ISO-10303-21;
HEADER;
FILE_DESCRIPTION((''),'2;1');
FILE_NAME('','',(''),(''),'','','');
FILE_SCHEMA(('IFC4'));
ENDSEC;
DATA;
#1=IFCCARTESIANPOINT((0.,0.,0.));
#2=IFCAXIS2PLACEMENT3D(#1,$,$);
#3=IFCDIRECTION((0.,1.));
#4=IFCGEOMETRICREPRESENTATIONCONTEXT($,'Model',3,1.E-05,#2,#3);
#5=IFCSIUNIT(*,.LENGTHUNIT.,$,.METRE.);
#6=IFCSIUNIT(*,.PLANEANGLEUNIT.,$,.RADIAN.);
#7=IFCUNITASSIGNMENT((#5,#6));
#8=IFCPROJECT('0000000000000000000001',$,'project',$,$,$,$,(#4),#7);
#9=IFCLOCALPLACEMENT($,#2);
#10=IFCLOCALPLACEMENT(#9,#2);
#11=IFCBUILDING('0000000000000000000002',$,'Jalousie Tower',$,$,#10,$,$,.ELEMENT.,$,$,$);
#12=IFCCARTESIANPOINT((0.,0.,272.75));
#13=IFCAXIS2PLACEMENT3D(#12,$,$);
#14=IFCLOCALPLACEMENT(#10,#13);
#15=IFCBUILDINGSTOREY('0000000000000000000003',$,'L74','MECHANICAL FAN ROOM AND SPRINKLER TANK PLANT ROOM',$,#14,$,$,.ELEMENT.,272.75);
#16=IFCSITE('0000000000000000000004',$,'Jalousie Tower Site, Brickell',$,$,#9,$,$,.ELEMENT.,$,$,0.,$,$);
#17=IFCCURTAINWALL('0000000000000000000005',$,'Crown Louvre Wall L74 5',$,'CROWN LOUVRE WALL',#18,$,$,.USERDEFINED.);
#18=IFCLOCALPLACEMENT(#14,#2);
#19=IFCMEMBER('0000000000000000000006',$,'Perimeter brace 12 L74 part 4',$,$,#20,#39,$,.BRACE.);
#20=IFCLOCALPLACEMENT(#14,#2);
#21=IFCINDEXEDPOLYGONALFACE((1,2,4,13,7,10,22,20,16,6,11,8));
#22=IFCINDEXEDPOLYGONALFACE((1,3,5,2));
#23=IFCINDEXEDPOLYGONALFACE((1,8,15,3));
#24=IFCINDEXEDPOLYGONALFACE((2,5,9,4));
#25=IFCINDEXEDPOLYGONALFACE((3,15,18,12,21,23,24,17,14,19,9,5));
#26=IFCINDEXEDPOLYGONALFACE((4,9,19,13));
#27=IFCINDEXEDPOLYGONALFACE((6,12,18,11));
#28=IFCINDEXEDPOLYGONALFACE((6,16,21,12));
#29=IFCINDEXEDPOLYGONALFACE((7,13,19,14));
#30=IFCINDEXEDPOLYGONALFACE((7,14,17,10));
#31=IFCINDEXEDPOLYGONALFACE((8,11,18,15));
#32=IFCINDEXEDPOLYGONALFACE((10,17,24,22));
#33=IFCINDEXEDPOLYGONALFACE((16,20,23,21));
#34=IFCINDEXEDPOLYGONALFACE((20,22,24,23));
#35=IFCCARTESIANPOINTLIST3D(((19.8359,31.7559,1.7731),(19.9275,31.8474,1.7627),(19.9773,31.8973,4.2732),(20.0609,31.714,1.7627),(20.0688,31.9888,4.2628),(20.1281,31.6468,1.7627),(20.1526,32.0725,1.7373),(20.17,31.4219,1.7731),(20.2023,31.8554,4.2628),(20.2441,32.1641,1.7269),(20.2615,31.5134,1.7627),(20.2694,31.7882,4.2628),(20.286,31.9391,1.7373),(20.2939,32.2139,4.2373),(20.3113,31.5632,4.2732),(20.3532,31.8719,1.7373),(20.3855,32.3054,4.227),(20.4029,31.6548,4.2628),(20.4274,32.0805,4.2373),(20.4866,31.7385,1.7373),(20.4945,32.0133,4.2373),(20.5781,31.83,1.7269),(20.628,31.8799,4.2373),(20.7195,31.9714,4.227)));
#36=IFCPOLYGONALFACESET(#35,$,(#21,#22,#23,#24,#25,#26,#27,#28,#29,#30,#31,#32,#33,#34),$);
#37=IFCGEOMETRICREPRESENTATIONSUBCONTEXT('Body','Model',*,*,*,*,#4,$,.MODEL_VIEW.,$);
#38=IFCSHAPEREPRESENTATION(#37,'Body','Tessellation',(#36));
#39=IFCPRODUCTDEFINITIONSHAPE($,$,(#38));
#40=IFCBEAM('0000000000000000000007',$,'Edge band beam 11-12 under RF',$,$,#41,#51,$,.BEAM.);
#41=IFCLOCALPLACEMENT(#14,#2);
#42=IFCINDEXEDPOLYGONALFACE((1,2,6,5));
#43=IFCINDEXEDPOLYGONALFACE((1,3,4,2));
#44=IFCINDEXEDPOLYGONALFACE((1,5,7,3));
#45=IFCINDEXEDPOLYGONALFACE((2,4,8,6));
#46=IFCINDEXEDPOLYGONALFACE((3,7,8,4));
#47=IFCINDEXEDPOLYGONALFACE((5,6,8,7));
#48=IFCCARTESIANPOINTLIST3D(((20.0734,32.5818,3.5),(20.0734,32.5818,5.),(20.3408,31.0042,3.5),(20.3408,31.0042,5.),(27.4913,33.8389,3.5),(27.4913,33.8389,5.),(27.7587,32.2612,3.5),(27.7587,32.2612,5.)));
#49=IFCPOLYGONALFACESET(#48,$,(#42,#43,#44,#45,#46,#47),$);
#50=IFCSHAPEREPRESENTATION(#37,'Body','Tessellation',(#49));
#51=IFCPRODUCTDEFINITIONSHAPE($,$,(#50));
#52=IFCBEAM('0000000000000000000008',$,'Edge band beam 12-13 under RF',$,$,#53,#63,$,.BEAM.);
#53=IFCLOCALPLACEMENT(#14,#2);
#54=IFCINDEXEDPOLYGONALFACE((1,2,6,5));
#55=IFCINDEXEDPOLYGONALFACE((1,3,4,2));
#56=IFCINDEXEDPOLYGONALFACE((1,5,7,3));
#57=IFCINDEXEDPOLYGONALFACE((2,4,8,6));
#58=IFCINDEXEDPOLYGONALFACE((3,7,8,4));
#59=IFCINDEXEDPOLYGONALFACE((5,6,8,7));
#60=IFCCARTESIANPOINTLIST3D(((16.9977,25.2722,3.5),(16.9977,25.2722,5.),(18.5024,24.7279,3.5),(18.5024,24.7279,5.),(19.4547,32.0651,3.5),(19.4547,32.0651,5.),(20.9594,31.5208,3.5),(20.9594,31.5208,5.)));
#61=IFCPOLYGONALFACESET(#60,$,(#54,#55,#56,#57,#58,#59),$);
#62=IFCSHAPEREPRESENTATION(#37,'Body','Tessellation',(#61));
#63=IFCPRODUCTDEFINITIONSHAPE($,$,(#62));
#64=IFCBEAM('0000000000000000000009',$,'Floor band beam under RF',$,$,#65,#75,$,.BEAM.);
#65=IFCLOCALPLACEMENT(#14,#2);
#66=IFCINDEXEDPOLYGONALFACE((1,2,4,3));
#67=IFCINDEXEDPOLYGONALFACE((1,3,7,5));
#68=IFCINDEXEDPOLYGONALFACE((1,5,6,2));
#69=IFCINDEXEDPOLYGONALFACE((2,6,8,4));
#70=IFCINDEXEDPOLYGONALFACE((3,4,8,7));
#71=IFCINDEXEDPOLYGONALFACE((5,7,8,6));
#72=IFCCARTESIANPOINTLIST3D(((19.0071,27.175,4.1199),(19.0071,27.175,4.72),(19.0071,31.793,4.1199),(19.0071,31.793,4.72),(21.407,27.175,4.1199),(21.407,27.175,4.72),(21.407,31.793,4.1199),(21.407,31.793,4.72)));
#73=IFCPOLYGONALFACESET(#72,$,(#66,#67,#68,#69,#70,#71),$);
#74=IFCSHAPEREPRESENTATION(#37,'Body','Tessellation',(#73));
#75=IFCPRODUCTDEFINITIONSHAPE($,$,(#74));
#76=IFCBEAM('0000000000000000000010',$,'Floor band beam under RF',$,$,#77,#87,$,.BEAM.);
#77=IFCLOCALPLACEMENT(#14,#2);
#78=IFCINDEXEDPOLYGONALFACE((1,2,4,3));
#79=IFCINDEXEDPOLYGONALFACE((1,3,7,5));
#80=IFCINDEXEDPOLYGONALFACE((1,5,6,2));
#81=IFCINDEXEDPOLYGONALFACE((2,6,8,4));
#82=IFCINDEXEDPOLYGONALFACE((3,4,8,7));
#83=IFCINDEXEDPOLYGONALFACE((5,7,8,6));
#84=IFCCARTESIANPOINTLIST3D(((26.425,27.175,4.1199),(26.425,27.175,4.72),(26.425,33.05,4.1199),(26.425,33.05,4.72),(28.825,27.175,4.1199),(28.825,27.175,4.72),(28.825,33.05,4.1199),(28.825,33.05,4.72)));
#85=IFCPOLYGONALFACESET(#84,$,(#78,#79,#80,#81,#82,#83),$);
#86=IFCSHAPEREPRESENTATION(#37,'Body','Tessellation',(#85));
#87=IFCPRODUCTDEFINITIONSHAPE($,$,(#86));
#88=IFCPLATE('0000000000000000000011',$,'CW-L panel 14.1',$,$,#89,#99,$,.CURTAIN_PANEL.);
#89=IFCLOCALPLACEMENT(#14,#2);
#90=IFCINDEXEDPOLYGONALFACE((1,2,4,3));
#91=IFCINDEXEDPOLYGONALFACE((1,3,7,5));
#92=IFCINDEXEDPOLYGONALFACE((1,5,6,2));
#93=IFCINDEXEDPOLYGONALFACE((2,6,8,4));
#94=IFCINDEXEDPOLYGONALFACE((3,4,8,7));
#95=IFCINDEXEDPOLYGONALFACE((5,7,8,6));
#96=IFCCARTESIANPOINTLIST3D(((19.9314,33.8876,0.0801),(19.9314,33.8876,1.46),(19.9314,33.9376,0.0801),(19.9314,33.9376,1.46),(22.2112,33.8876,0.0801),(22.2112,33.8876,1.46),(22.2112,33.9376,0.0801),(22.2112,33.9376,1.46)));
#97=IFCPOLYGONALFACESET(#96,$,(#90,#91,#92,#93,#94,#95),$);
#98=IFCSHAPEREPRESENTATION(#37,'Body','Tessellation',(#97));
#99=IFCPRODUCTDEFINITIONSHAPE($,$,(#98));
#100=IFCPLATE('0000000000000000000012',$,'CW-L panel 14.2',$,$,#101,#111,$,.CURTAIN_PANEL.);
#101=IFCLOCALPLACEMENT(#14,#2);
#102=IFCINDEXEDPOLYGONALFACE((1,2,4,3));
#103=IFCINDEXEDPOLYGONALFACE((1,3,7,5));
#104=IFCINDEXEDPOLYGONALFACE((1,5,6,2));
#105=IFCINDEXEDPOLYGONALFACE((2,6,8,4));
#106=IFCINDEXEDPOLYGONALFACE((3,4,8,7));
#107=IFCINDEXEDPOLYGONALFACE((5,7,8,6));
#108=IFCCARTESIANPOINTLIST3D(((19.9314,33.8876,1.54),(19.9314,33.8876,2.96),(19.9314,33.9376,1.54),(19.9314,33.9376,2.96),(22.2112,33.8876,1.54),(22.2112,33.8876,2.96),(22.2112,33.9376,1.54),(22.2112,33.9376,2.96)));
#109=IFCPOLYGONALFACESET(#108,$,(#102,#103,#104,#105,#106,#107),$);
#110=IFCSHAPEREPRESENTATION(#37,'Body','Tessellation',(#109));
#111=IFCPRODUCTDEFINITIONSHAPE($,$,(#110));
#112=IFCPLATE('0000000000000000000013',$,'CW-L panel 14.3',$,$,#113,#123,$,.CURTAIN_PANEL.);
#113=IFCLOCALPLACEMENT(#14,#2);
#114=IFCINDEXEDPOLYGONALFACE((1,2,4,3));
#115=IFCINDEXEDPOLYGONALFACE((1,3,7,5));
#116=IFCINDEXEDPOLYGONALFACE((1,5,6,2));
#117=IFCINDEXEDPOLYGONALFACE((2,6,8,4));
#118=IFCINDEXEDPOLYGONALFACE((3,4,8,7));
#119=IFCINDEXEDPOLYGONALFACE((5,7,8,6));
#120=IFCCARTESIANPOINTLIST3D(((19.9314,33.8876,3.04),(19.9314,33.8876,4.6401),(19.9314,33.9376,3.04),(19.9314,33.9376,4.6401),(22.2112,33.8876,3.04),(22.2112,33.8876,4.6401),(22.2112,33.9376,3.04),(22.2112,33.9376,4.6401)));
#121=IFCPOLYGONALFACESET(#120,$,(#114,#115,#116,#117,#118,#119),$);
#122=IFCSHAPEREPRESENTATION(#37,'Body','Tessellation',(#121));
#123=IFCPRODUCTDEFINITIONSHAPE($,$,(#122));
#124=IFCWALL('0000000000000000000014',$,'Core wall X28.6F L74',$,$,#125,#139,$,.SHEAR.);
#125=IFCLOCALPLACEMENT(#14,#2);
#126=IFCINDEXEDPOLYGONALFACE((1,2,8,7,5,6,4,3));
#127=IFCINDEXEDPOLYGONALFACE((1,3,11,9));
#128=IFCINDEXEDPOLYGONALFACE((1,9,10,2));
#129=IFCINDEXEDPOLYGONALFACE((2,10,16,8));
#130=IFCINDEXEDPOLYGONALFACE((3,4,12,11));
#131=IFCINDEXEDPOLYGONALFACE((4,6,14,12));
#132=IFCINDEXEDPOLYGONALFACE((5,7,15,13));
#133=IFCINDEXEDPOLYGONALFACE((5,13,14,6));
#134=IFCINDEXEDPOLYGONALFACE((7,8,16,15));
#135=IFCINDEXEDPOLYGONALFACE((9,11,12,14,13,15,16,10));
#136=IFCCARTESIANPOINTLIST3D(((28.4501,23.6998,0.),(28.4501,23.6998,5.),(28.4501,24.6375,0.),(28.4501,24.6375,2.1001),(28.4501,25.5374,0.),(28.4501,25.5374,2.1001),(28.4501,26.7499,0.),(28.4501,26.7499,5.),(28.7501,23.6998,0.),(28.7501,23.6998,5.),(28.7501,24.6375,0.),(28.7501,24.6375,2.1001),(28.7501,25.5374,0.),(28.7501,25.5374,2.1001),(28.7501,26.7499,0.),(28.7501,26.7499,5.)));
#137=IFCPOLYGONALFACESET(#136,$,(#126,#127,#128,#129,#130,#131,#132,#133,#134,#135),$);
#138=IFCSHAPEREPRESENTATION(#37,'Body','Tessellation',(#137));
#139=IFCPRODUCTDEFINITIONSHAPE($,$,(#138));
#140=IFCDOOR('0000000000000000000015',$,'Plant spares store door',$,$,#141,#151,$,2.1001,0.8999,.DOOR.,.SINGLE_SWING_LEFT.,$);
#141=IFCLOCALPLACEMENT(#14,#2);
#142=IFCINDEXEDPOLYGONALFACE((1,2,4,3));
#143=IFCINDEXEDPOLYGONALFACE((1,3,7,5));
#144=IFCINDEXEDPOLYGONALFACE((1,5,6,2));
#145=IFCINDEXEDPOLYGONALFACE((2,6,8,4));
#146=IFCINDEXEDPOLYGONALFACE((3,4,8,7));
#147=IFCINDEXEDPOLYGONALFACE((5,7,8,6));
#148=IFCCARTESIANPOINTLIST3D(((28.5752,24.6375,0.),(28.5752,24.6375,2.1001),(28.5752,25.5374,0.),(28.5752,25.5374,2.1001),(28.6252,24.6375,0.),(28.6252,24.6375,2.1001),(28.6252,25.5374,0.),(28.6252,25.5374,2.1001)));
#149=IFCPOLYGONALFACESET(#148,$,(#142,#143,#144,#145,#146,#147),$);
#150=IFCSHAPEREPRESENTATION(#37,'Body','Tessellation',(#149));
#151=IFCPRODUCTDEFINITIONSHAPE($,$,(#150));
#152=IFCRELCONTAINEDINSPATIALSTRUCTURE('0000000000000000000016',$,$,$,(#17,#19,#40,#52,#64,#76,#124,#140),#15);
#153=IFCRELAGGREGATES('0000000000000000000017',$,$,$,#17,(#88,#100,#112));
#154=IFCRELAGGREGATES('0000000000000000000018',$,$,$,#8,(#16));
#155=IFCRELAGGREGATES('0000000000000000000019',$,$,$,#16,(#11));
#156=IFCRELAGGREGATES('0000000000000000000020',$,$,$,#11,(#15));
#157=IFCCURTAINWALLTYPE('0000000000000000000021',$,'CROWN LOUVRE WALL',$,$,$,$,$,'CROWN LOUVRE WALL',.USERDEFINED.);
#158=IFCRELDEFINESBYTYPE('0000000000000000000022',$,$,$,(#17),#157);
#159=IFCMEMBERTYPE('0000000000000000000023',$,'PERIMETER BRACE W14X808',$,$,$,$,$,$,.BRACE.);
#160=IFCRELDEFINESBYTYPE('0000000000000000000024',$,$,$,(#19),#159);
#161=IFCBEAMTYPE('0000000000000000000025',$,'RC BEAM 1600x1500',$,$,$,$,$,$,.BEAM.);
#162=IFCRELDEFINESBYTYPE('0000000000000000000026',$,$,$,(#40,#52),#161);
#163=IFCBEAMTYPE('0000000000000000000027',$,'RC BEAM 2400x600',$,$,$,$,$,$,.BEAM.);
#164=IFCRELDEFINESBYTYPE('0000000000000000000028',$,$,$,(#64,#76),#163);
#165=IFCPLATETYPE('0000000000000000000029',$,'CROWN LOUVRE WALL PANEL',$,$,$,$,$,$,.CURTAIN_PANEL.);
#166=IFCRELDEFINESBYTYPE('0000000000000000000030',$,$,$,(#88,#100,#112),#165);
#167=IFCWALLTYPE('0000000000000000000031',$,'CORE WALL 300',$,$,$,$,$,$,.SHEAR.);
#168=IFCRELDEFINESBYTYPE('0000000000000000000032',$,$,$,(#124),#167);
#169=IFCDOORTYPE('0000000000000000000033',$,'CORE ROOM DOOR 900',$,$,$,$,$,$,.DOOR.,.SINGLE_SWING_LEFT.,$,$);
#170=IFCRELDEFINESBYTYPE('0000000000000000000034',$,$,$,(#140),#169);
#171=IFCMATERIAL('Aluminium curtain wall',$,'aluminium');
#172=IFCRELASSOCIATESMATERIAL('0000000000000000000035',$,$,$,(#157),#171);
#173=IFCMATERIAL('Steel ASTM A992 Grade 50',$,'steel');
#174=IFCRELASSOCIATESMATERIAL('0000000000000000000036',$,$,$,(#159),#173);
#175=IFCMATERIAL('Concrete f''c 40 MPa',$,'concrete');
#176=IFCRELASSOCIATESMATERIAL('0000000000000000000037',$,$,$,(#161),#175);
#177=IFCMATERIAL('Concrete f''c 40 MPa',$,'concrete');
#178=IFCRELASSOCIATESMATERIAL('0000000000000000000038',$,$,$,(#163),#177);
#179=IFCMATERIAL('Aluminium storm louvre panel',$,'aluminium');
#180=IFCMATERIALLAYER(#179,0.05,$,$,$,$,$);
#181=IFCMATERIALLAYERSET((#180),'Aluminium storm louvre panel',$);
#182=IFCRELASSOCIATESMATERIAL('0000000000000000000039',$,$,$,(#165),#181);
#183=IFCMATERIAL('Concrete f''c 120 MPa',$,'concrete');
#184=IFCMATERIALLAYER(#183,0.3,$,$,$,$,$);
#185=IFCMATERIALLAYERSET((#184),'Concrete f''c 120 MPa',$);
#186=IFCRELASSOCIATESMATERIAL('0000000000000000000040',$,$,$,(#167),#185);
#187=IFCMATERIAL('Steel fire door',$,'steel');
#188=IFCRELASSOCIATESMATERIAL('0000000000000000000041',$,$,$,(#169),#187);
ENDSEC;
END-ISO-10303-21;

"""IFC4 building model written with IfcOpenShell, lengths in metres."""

from ifc_helpers import new_model, si_unit, direction, frame, frame_2d, origin, origin_2d, place, context, subcontext, project, spatial, rectangle, i_section, extrude, material, layer, layer_set, material_profile, profile_set, type_object, element, fill, aggregate, save


model = new_model("IFC4")

# Units and contexts
model_context = context("Model", 3, precision=1e-05, world=origin(), true_north=direction((0.0, 1.0)))
body_context = subcontext(model_context, "Body", "Model", "MODEL_VIEW")
ifc_project = project(units=[si_unit("LENGTHUNIT", "METRE"), si_unit("PLANEANGLEUNIT", "RADIAN")], contexts=[model_context])

# Site, building, storey
site_placement = place(None, origin())
site = spatial("IfcSite", under=ifc_project, at=site_placement, Name="Jalousie Tower Site, Brickell", CompositionType="ELEMENT", RefElevation=0.0)
building_placement = place(site_placement, origin())
building = spatial("IfcBuilding", under=site, at=building_placement, Name="Jalousie Tower", CompositionType="ELEMENT")
storey_placement = place(building_placement, frame((0.0, 0.0, 272.75)))
storey = spatial("IfcBuildingStorey", under=building, at=storey_placement, Name="L74", Description="MECHANICAL FAN ROOM AND SPRINKLER TANK PLANT ROOM", CompositionType="ELEMENT", Elevation=272.75)

# Curtain wall
ifc_material_1 = material(Name="Aluminium curtain wall", Category="aluminium")
curtain_wall_type = type_object("IfcCurtainWallType", Name="CROWN LOUVRE WALL", ElementType="CROWN LOUVRE WALL", PredefinedType="USERDEFINED", material=ifc_material_1)
curtain_wall_placement = place(storey_placement, origin())
curtain_wall = element("IfcCurtainWall", 1, at=curtain_wall_placement, inside=storey, type_object=curtain_wall_type, Name="Crown Louvre Wall L74 5", ObjectType="CROWN LOUVRE WALL", PredefinedType="USERDEFINED")

# Member
ifc_material_2 = material(Name="Steel ASTM A992 Grade 50", Category="steel")
ifc_material_profile_1 = material_profile(ifc_material_2, i_section(OverallWidth=0.4724, OverallDepth=0.5791, WebThickness=0.095, FlangeThickness=0.1299, at=origin_2d()), Name="W14X808")
ifc_profile_set_1 = profile_set([ifc_material_profile_1], Name="Steel ASTM A992 Grade 50")
member_type_1 = type_object("IfcMemberType", Name="PERIMETER BRACE W14X808", PredefinedType="BRACE", material=ifc_profile_set_1)
for number, where, z_axis, x_axis, name in (
    (2, (20.207, 31.793, 1.75), (0.056363, 0.056363, 0.996818), (-0.707107, 0.707107, 0.0), "Perimeter brace 12 L74 part 4"),
):
    element("IfcMember", number, at=place(storey_placement, frame(where, z_axis=z_axis, x_axis=x_axis)), inside=storey, type_object=member_type_1, Name=name, PredefinedType="BRACE", context=body_context, shape_type="SweptSolid", body=[
        extrude(i_section(OverallWidth=0.4724, OverallDepth=0.5791, WebThickness=0.095, FlangeThickness=0.1299, at=origin_2d()), origin(), (0.0, 0.0, 1.0), 2.5081),
    ])

# Beams
ifc_material_3 = material(Name="Concrete f'c 40 MPa", Category="concrete")
ifc_material_profile_2 = material_profile(ifc_material_3, rectangle(XDim=1.6001, YDim=1.5, at=origin_2d()), Name="RC 1600x1500")
ifc_profile_set_2 = profile_set([ifc_material_profile_2], Name="Concrete f'c 40 MPa")
beam_type_1 = type_object("IfcBeamType", Name="RC BEAM 1600x1500", PredefinedType="BEAM", material=ifc_profile_set_2)
beam_1_placement = place(storey_placement, frame((27.625, 33.05, 4.25), z_axis=(-0.985943, -0.167082, 0.0), x_axis=(0.167082, -0.985943, 0.0)))
element("IfcBeam", 3, at=beam_1_placement, inside=storey, type_object=beam_type_1, Name="Edge band beam 11-12 under RF", PredefinedType="BEAM", context=body_context, shape_type="SweptSolid", body=[
    extrude(rectangle(XDim=1.6001, YDim=1.5, at=origin_2d()), origin(), (0.0, 0.0, 1.0), 7.5237),
])
beam_2_placement = place(storey_placement, frame((20.207, 31.793, 4.25), z_axis=(-0.340136, -0.940376, 0.0), x_axis=(0.940376, -0.340136, 0.0)))
element("IfcBeam", 4, at=beam_2_placement, inside=storey, type_object=beam_type_1, Name="Edge band beam 12-13 under RF", PredefinedType="BEAM", context=body_context, shape_type="SweptSolid", body=[
    extrude(rectangle(XDim=1.6001, YDim=1.5, at=origin_2d()), origin(), (0.0, 0.0, 1.0), 7.2236),
])
ifc_material_4 = material(Name="Concrete f'c 40 MPa", Category="concrete")
ifc_material_profile_3 = material_profile(ifc_material_4, rectangle(XDim=2.3999, YDim=0.6001, at=origin_2d()), Name="RC 2400x600")
ifc_profile_set_3 = profile_set([ifc_material_profile_3], Name="Concrete f'c 40 MPa")
beam_type_2 = type_object("IfcBeamType", Name="RC BEAM 2400x600", PredefinedType="BEAM", material=ifc_profile_set_3)
beam_3_placement = place(storey_placement, frame((20.207, 31.793, 4.4199), z_axis=(0.0, -1.0, 0.0), x_axis=(1.0, 0.0, 0.0)))
element("IfcBeam", 5, at=beam_3_placement, inside=storey, type_object=beam_type_2, Name="Floor band beam under RF", PredefinedType="BEAM", context=body_context, shape_type="SweptSolid", body=[
    extrude(rectangle(XDim=2.3999, YDim=0.6001, at=origin_2d()), origin(), (0.0, 0.0, 1.0), 4.6179),
])
beam_4_placement = place(storey_placement, frame((27.625, 33.05, 4.4199), z_axis=(0.0, -1.0, 0.0), x_axis=(1.0, 0.0, 0.0)))
element("IfcBeam", 6, at=beam_4_placement, inside=storey, type_object=beam_type_2, Name="Floor band beam under RF", PredefinedType="BEAM", context=body_context, shape_type="SweptSolid", body=[
    extrude(rectangle(XDim=2.3999, YDim=0.6001, at=origin_2d()), origin(), (0.0, 0.0, 1.0), 5.875),
])

# Plates
ifc_material_5 = material(Name="Aluminium storm louvre panel", Category="aluminium")
ifc_layer_1 = layer(ifc_material_5, 0.05)
ifc_layer_set_1 = layer_set([ifc_layer_1], Name="Aluminium storm louvre panel")
plate_type = type_object("IfcPlateType", Name="CROWN LOUVRE WALL PANEL", PredefinedType="CURTAIN_PANEL", material=ifc_layer_set_1)
plate_1_placement = place(storey_placement, frame((21.0713, 33.9126, 0.0801), z_axis=(0.0, 0.0, 1.0), x_axis=(-1.0, 0.0, 0.0)))
plate_1 = element("IfcPlate", 7, at=plate_1_placement, type_object=plate_type, Name="CW-L panel 14.1", PredefinedType="CURTAIN_PANEL", context=body_context, shape_type="SweptSolid", body=[
    extrude(rectangle(XDim=2.2798, YDim=0.05, at=origin_2d()), origin(), (0.0, 0.0, 1.0), 1.3799),
])
plate_2_placement = place(storey_placement, frame((21.0713, 33.9126, 1.54), z_axis=(0.0, 0.0, 1.0), x_axis=(-1.0, 0.0, 0.0)))
plate_2 = element("IfcPlate", 8, at=plate_2_placement, type_object=plate_type, Name="CW-L panel 14.2", PredefinedType="CURTAIN_PANEL", context=body_context, shape_type="SweptSolid", body=[
    extrude(rectangle(XDim=2.2798, YDim=0.05, at=origin_2d()), origin(), (0.0, 0.0, 1.0), 1.4199),
])
plate_3_placement = place(storey_placement, frame((21.0713, 33.9126, 3.04), z_axis=(0.0, 0.0, 1.0), x_axis=(-1.0, 0.0, 0.0)))
plate_3 = element("IfcPlate", 9, at=plate_3_placement, type_object=plate_type, Name="CW-L panel 14.3", PredefinedType="CURTAIN_PANEL", context=body_context, shape_type="SweptSolid", body=[
    extrude(rectangle(XDim=2.2798, YDim=0.05, at=origin_2d()), origin(), (0.0, 0.0, 1.0), 1.6001),
])
aggregate(curtain_wall, [plate_1, plate_2, plate_3])

# Wall, opening, door
ifc_material_6 = material(Name="Concrete f'c 120 MPa", Category="concrete")
ifc_layer_2 = layer(ifc_material_6, 0.3)
ifc_layer_set_2 = layer_set([ifc_layer_2], Name="Concrete f'c 120 MPa")
wall_type_1 = type_object("IfcWallType", Name="CORE WALL 300", PredefinedType="SHEAR", material=ifc_layer_set_2)
wall_1_placement = place(storey_placement, frame((28.6001, 23.7, 0.0), z_axis=(0.0, 0.0, 1.0), x_axis=(0.0, 1.0, 0.0)))
wall_1 = element("IfcWall", 10, at=wall_1_placement, inside=storey, type_object=wall_type_1, Name="Core wall X28.6F L74", PredefinedType="SHEAR", context=body_context, shape_type="SweptSolid", body=[
    extrude(rectangle(XDim=3.05, YDim=0.3, at=frame_2d((1.5249, 0.0))), origin(), (0.0, 0.0, 1.0), 5.0),
])
opening_1_placement = place(wall_1_placement, frame((0.9375, 0.0, 0.0)))
opening_1 = element("IfcOpeningElement", 11, at=opening_1_placement, cuts=wall_1, PredefinedType="OPENING", context=body_context, shape_type="SweptSolid", body=[
    extrude(rectangle(XDim=0.8999, YDim=2.1001, at=frame_2d((0.45, 1.05))), frame((0.0, 0.1599, 0.0), z_axis=(0.0, -1.0, 0.0), x_axis=(1.0, 0.0, 0.0)), (0.0, 0.0, 1.0), 0.3201),
])
ifc_material_7 = material(Name="Steel fire door", Category="steel")
door_type_1 = type_object("IfcDoorType", Name="CORE ROOM DOOR 900", OperationType="SINGLE_SWING_LEFT", PredefinedType="DOOR", material=ifc_material_7)
door_1_placement = place(opening_1_placement, origin())
door_1 = element("IfcDoor", 12, at=door_1_placement, inside=storey, type_object=door_type_1, Name="Plant spares store door", OperationType="SINGLE_SWING_LEFT", OverallHeight=2.1001, OverallWidth=0.8999, PredefinedType="DOOR", context=body_context, shape_type="SweptSolid", body=[
    extrude(rectangle(XDim=0.8999, YDim=2.1001, at=frame_2d((0.45, 1.05))), frame((0.0, 0.0249, 0.0), z_axis=(0.0, -1.0, 0.0), x_axis=(1.0, 0.0, 0.0)), (0.0, 0.0, 1.0), 0.05),
])
fill(opening_1, door_1)

save(model, "model.ifc")
